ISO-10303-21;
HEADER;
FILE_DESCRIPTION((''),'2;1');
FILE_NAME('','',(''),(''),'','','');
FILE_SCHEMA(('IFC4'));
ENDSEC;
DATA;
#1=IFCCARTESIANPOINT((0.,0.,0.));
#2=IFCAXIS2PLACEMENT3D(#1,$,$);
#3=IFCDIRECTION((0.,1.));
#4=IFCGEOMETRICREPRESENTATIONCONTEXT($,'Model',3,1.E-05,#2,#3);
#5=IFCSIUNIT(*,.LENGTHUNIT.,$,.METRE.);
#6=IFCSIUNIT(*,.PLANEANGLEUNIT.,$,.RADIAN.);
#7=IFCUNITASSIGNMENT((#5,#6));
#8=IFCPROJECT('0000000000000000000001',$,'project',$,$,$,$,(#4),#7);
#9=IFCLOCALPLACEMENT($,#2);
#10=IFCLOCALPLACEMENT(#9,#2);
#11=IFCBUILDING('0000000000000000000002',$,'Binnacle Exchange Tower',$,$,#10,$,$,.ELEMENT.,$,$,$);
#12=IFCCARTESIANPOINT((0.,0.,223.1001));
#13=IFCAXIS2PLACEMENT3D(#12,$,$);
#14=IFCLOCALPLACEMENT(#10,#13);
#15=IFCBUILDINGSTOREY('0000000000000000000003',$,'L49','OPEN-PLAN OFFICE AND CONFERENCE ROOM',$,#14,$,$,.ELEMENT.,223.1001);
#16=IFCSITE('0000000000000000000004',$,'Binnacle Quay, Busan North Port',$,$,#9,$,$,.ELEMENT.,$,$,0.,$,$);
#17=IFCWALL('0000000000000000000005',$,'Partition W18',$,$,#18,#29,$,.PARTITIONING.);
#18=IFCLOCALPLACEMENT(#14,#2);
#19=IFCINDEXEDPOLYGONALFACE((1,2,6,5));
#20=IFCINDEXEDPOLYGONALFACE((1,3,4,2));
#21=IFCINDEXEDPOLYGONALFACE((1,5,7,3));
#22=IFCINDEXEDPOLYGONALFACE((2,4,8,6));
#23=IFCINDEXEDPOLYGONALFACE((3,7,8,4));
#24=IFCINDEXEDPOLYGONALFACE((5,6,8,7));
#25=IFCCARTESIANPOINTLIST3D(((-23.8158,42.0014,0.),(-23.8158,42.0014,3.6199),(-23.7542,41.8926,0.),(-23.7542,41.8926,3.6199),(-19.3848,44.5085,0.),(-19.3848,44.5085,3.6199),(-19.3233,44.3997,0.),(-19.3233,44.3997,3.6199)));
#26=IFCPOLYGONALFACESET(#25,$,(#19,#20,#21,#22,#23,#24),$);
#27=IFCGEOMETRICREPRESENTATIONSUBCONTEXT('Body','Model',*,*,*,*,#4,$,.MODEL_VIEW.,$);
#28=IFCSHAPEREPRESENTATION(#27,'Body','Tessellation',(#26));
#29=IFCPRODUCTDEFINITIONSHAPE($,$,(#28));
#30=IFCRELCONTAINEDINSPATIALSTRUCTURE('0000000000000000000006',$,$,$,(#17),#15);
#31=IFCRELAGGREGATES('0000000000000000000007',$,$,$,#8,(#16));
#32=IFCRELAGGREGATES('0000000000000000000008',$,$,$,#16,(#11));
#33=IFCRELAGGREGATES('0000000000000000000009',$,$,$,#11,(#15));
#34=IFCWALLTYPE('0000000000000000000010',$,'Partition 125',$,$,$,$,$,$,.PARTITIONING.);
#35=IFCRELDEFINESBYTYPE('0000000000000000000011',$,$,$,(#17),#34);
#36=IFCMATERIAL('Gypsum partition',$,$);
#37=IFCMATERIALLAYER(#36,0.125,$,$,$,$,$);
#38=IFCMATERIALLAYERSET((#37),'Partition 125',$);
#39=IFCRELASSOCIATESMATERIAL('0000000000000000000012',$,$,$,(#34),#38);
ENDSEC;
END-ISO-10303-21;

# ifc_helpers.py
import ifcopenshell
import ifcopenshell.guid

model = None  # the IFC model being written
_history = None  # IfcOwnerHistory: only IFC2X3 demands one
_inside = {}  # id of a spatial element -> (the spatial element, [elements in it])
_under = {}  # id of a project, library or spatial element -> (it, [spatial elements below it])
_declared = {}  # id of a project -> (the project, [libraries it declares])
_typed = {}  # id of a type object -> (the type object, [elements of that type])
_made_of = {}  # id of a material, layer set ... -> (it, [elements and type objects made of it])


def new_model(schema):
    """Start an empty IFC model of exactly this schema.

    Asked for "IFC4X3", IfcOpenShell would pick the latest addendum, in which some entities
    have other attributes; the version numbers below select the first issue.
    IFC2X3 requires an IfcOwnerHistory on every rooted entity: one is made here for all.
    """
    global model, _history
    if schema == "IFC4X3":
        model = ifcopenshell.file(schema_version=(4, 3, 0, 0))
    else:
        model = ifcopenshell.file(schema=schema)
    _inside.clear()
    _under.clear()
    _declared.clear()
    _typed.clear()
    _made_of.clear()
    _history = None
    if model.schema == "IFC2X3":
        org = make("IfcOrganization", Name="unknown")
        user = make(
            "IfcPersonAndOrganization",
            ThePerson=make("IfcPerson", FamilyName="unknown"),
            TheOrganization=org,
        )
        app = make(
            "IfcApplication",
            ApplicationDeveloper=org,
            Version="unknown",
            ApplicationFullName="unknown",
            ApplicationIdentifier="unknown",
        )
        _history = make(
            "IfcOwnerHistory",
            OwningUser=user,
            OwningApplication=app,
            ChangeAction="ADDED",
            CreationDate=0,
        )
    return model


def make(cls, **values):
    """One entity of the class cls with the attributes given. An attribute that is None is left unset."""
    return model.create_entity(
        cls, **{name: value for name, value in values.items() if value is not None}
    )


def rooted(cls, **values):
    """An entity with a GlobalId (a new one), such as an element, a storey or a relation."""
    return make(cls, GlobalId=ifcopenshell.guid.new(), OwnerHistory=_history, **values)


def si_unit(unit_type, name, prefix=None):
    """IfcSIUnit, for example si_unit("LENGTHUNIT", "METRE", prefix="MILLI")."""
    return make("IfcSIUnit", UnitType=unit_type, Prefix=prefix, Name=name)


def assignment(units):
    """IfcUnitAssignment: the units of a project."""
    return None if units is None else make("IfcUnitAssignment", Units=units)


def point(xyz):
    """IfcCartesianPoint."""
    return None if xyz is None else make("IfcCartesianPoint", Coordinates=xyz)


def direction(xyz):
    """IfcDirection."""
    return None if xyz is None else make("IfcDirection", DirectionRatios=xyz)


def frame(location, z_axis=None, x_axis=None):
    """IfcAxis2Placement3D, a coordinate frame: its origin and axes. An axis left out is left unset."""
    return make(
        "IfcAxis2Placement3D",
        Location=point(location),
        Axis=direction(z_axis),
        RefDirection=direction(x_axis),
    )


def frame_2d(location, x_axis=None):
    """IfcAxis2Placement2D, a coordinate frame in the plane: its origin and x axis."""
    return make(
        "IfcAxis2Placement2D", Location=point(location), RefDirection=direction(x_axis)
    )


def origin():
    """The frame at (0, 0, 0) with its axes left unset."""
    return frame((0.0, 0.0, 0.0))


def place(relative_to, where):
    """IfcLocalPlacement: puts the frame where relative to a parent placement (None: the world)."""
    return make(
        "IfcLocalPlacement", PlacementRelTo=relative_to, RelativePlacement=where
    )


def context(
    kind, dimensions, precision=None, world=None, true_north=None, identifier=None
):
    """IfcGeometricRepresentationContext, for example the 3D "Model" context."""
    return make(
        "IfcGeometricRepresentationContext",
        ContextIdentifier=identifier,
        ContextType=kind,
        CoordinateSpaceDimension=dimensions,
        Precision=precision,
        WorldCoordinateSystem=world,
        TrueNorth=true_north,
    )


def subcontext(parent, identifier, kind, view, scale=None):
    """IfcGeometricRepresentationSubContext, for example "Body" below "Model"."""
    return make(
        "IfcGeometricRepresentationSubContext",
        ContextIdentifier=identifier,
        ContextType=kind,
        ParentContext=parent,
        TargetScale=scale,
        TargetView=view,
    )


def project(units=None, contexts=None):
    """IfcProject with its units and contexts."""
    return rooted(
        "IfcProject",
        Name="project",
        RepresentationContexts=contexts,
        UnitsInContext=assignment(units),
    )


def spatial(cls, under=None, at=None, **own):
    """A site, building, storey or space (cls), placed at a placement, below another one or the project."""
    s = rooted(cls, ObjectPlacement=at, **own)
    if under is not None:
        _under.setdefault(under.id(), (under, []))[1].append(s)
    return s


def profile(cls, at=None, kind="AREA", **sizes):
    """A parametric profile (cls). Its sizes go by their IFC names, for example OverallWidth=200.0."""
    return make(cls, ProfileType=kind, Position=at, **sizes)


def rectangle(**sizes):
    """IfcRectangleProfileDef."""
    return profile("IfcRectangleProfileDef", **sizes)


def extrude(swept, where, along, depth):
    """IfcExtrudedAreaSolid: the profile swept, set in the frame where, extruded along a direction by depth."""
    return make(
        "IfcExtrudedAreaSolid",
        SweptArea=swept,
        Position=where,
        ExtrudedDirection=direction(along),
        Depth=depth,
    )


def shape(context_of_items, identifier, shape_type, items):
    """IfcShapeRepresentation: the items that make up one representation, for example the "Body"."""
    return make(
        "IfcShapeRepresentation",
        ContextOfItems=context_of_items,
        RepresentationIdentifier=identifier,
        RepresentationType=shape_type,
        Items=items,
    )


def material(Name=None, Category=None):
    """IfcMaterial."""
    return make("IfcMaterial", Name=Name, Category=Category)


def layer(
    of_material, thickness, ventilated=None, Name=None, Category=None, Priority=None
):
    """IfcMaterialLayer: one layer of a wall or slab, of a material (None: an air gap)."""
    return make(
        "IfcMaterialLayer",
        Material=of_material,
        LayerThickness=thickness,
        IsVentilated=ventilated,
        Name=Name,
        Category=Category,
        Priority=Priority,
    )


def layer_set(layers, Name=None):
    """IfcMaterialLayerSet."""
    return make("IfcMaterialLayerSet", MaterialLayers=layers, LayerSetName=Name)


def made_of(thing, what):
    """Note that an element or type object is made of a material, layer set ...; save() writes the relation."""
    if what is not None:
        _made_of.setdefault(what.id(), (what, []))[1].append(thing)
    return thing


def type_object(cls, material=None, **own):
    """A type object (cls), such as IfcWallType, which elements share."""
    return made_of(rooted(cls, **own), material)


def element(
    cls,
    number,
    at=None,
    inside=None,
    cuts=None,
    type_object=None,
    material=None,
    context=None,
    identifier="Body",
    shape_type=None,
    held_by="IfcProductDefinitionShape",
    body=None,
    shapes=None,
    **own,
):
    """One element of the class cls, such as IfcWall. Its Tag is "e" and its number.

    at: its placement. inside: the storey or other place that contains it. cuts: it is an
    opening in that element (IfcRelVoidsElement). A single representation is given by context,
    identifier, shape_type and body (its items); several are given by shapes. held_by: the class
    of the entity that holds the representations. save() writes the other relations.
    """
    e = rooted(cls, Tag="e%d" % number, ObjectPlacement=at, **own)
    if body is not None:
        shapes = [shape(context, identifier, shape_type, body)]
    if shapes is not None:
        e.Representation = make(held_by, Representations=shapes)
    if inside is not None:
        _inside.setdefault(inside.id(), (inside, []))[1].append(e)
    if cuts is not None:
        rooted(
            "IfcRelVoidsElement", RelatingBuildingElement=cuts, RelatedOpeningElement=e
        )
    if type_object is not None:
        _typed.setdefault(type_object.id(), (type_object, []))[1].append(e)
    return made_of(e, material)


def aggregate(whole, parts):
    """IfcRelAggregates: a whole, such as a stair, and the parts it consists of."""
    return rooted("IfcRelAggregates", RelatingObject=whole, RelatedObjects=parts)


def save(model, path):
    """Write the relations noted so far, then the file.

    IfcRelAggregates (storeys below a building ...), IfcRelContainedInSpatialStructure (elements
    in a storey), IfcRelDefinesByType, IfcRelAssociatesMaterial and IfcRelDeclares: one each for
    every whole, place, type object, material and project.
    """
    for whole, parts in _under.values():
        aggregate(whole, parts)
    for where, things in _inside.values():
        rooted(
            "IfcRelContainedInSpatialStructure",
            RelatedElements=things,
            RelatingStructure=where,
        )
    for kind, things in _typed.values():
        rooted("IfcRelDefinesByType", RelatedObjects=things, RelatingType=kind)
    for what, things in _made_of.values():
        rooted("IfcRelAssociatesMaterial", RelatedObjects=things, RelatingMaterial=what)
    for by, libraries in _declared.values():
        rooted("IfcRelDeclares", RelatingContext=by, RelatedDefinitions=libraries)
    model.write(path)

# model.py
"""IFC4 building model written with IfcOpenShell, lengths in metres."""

from ifc_helpers import new_model, si_unit, direction, frame, frame_2d, origin, place, context, subcontext, project, spatial, rectangle, extrude, material, layer, layer_set, type_object, element, save


model = new_model("IFC4")

# Units and contexts
model_context = context("Model", 3, precision=1e-05, world=origin(), true_north=direction((0.0, 1.0)))
body_context = subcontext(model_context, "Body", "Model", "MODEL_VIEW")
ifc_project = project(units=[si_unit("LENGTHUNIT", "METRE"), si_unit("PLANEANGLEUNIT", "RADIAN")], contexts=[model_context])

# Site, building, storey
site_placement = place(None, origin())
site = spatial("IfcSite", under=ifc_project, at=site_placement, Name="Binnacle Quay, Busan North Port", CompositionType="ELEMENT", RefElevation=0.0)
building_placement = place(site_placement, origin())
building = spatial("IfcBuilding", under=site, at=building_placement, Name="Binnacle Exchange Tower", CompositionType="ELEMENT")
storey_placement = place(building_placement, frame((0.0, 0.0, 223.1001)))
storey = spatial("IfcBuildingStorey", under=building, at=storey_placement, Name="L49", Description="OPEN-PLAN OFFICE AND CONFERENCE ROOM", CompositionType="ELEMENT", Elevation=223.1001)

# Shared definitions
ifc_material_1 = material(Name="Gypsum partition")
ifc_layer_1 = layer(ifc_material_1, 0.125)
ifc_layer_set_1 = layer_set([ifc_layer_1], Name="Partition 125")
wall_type_1 = type_object("IfcWallType", Name="Partition 125", PredefinedType="PARTITIONING", material=ifc_layer_set_1)

# Wall
wall_1_placement = place(storey_placement, frame((-23.7849, 41.947, 0.0), z_axis=(0.0, 0.0, 1.0), x_axis=(0.870339, 0.492452, 0.0)))
element("IfcWall", 1, at=wall_1_placement, inside=storey, type_object=wall_type_1, Name="Partition W18", PredefinedType="PARTITIONING", context=body_context, shape_type="SweptSolid", body=[
    extrude(rectangle(XDim=5.0911, YDim=0.125, at=frame_2d((2.5454, 0.0))), origin(), (0.0, 0.0, 1.0), 3.6199),
])

save(model, "model.ifc")
